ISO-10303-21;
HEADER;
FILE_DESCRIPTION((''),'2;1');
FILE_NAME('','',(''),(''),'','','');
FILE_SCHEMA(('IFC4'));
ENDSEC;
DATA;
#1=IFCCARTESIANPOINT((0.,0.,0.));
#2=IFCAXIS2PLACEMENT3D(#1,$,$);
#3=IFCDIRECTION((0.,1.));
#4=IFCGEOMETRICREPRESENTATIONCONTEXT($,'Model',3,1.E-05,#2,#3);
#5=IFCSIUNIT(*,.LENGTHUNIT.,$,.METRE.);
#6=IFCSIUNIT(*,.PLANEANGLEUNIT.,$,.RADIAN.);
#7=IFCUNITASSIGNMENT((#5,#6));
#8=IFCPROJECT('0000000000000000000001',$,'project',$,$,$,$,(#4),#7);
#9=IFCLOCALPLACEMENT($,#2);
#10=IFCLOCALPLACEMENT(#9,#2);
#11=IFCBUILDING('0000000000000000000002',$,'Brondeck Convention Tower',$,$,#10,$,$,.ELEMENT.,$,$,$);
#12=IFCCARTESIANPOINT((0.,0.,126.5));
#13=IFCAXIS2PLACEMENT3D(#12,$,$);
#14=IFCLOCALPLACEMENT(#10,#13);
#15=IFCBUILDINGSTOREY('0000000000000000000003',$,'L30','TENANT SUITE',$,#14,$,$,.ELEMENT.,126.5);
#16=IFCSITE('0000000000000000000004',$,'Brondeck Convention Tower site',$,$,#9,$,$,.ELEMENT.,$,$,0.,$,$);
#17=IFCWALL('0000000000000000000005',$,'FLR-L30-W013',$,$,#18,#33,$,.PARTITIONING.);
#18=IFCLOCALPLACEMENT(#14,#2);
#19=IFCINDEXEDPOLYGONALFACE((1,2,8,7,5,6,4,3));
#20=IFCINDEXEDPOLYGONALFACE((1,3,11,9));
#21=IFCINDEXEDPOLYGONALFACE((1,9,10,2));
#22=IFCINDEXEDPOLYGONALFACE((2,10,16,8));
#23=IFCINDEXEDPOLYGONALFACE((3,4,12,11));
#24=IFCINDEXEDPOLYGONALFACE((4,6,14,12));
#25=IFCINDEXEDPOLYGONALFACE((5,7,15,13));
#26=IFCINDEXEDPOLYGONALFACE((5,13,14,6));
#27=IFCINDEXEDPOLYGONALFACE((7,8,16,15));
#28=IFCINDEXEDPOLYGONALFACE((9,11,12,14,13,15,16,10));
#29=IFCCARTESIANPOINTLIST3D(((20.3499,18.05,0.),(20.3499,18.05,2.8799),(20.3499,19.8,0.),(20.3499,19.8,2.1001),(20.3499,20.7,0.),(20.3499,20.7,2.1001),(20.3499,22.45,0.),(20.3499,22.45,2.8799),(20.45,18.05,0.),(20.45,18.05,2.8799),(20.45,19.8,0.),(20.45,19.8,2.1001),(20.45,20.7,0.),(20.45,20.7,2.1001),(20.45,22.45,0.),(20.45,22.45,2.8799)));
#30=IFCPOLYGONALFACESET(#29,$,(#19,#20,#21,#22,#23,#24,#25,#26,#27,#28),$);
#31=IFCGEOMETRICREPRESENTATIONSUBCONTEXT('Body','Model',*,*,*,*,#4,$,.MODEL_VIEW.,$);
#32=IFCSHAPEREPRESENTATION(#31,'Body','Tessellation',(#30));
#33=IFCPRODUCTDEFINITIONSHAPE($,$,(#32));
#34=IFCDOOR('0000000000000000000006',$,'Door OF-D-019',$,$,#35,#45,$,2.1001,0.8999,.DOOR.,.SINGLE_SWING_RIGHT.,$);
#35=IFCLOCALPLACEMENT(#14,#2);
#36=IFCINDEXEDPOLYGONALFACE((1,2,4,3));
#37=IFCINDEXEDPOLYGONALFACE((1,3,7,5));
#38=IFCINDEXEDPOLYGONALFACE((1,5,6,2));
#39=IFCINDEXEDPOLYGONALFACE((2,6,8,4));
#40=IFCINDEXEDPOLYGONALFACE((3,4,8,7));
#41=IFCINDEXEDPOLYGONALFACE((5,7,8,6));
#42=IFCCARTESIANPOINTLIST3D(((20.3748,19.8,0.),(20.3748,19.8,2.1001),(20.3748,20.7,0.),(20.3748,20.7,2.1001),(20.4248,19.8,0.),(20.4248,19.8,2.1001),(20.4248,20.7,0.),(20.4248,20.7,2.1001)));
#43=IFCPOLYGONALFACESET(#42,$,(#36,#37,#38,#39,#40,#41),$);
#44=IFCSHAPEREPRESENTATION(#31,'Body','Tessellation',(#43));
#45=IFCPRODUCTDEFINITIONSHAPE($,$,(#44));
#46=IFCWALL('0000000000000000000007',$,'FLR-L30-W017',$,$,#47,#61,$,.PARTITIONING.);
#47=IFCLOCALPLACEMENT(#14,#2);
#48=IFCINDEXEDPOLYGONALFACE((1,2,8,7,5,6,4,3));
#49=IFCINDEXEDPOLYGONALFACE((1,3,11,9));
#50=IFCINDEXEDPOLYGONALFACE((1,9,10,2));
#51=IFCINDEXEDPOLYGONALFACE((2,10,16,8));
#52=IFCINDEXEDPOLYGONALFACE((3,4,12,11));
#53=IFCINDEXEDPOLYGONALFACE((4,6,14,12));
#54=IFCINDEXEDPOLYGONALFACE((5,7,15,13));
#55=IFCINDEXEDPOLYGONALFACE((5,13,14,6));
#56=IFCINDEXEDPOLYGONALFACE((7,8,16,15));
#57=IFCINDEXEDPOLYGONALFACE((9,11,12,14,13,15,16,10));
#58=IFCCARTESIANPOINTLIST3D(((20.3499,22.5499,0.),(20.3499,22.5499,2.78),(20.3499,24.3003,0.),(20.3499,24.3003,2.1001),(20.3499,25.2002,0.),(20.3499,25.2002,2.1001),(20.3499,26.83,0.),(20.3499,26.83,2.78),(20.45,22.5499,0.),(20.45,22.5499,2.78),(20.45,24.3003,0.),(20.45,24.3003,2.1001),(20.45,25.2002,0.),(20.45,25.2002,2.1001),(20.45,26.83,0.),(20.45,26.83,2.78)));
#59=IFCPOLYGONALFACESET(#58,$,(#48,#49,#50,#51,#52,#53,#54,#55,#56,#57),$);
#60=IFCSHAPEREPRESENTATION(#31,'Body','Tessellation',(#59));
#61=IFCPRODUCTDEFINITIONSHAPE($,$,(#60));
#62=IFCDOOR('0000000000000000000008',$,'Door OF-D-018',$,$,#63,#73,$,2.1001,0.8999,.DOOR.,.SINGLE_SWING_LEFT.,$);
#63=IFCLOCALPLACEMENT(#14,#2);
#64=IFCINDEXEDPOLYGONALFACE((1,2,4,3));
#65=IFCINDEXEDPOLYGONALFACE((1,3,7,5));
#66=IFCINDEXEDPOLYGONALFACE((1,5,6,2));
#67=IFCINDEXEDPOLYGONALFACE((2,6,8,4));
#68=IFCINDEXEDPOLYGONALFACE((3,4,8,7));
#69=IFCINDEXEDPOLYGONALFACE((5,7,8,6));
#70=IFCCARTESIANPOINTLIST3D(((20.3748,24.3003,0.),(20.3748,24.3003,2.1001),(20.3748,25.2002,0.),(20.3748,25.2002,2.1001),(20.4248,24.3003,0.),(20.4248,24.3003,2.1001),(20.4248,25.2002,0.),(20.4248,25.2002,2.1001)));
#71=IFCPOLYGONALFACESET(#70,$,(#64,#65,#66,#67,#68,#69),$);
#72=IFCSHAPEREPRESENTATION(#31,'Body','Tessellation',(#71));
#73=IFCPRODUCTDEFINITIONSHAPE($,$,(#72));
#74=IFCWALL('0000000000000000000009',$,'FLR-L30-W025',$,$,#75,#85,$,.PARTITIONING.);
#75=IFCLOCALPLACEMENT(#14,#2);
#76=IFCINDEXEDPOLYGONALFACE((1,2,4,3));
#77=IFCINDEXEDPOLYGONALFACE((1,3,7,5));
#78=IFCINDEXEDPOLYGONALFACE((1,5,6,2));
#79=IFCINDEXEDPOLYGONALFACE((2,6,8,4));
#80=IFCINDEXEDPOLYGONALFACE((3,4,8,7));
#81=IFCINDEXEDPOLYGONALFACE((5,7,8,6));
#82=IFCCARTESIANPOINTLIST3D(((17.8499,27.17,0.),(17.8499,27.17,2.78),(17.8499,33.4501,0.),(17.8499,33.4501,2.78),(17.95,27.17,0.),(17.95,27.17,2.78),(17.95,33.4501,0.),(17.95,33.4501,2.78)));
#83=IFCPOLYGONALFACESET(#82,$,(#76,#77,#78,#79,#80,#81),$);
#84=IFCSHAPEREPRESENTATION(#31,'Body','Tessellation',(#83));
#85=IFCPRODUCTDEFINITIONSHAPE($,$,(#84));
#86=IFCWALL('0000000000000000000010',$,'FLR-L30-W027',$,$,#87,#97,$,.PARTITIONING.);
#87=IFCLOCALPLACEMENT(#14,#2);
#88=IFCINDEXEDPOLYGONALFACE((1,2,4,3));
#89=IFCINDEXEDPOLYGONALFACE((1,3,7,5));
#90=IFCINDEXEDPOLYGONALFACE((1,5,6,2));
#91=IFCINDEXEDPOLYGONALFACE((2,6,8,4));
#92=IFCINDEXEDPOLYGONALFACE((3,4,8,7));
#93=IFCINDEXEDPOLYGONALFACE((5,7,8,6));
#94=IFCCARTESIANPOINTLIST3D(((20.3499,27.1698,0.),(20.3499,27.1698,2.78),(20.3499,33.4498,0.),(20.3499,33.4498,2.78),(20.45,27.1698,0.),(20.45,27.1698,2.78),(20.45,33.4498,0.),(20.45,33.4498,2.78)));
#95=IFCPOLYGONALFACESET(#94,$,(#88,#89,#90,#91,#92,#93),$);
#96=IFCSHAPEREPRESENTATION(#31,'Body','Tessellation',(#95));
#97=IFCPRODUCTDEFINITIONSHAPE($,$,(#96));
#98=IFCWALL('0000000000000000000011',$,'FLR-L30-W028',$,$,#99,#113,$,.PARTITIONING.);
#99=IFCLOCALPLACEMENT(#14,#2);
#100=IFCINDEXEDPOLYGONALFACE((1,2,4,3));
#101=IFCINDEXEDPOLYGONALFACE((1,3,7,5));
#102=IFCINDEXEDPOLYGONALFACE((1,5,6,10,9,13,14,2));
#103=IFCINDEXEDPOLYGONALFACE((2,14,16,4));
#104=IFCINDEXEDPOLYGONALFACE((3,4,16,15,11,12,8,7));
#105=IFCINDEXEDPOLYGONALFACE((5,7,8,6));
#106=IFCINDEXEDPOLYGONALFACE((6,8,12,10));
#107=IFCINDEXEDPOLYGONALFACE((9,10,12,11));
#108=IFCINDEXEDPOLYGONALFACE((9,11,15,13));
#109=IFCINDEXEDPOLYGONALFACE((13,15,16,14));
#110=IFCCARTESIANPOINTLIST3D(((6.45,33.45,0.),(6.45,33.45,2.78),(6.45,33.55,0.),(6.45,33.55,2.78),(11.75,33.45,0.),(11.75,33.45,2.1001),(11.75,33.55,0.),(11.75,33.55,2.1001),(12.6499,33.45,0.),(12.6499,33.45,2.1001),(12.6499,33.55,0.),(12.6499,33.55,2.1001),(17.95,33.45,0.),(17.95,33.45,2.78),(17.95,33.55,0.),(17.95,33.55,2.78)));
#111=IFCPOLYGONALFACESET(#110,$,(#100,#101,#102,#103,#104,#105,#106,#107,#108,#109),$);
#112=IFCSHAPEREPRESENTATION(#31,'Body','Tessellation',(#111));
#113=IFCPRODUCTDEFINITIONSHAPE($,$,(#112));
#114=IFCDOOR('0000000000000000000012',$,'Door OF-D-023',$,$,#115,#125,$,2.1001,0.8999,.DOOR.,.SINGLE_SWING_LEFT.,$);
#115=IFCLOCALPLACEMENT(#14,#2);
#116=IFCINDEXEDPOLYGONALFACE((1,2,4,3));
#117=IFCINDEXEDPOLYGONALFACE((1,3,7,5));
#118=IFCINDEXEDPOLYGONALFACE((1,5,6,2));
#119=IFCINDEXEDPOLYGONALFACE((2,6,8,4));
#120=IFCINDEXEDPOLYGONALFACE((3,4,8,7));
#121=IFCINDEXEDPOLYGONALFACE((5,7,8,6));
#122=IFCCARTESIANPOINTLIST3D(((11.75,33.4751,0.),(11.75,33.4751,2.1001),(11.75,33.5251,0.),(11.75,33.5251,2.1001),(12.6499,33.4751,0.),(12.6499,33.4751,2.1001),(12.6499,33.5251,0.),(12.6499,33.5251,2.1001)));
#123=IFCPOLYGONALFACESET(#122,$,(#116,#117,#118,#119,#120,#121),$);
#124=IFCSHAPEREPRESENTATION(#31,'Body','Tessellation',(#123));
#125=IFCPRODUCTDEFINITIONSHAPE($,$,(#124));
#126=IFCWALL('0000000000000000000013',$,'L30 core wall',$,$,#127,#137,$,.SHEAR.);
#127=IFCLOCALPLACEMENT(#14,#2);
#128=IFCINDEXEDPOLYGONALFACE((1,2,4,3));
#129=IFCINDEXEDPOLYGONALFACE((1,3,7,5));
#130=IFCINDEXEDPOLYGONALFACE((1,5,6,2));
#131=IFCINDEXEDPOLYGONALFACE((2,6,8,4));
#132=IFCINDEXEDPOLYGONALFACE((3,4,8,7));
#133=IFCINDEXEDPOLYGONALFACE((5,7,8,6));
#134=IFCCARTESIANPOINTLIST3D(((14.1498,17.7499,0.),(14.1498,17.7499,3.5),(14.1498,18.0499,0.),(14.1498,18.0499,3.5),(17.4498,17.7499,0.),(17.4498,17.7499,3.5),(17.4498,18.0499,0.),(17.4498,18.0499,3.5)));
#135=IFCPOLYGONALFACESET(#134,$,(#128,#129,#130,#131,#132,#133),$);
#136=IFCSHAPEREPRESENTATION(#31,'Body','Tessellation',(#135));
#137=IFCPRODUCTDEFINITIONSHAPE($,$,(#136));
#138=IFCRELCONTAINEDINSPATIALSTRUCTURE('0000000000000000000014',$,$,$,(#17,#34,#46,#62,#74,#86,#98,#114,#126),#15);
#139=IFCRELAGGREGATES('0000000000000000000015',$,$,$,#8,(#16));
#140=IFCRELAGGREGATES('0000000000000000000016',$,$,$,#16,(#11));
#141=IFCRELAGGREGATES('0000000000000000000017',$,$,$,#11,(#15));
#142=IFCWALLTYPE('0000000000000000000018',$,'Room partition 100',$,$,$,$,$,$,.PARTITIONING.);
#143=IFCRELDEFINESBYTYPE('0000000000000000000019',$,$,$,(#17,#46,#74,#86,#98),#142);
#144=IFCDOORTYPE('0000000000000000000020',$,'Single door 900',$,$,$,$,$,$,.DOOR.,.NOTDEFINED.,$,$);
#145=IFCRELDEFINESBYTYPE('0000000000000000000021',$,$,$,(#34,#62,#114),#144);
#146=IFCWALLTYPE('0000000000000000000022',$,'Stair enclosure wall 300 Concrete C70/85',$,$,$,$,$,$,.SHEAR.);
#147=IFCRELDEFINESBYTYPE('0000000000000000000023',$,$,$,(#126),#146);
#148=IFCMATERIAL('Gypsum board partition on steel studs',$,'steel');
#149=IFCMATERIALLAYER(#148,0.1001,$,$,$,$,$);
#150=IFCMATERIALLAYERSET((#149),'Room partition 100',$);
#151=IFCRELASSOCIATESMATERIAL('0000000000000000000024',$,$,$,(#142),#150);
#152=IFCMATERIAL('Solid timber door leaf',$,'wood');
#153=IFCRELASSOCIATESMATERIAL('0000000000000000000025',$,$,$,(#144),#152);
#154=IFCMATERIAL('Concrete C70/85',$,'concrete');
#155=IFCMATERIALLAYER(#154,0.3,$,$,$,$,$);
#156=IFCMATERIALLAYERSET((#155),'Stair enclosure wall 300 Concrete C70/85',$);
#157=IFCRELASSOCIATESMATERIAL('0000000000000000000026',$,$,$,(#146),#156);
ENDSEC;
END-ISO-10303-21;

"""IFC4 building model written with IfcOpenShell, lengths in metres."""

from ifc_helpers import new_model, si_unit, direction, frame, frame_2d, origin, place, context, subcontext, project, spatial, rectangle, extrude, material, layer, layer_set, type_object, element, fill, save


model = new_model("IFC4")

# Units and contexts
model_context = context("Model", 3, precision=1e-05, world=origin(), true_north=direction((0.0, 1.0)))
body_context = subcontext(model_context, "Body", "Model", "MODEL_VIEW")
ifc_project = project(units=[si_unit("LENGTHUNIT", "METRE"), si_unit("PLANEANGLEUNIT", "RADIAN")], contexts=[model_context])

# Site, building, storey
site_placement = place(None, origin())
site = spatial("IfcSite", under=ifc_project, at=site_placement, Name="Brondeck Convention Tower site", CompositionType="ELEMENT", RefElevation=0.0)
building_placement = place(site_placement, origin())
building = spatial("IfcBuilding", under=site, at=building_placement, Name="Brondeck Convention Tower", CompositionType="ELEMENT")
storey_placement = place(building_placement, frame((0.0, 0.0, 126.5)))
storey = spatial("IfcBuildingStorey", under=building, at=storey_placement, Name="L30", Description="TENANT SUITE", CompositionType="ELEMENT", Elevation=126.5)

# Shared definitions
ifc_material_1 = material(Name="Concrete C70/85", Category="concrete")

# Shared definitions
ifc_material_2 = material(Name="Gypsum board partition on steel studs", Category="steel")
ifc_layer_1 = layer(ifc_material_2, 0.1001)
ifc_layer_set_1 = layer_set([ifc_layer_1], Name="Room partition 100")
wall_type_1 = type_object("IfcWallType", Name="Room partition 100", PredefinedType="PARTITIONING", material=ifc_layer_set_1)
ifc_material_3 = material(Name="Solid timber door leaf", Category="wood")
door_type_1 = type_object("IfcDoorType", Name="Single door 900", OperationType="NOTDEFINED", PredefinedType="DOOR", material=ifc_material_3)

# Walls, openings, doors
wall_1_placement = place(storey_placement, frame((20.3999, 22.45, 0.0), z_axis=(0.0, 0.0, 1.0), x_axis=(0.0, -1.0, 0.0)))
wall_1 = element("IfcWall", 1, at=wall_1_placement, inside=storey, type_object=wall_type_1, Name="FLR-L30-W013", PredefinedType="PARTITIONING", context=body_context, shape_type="SweptSolid", body=[
    extrude(rectangle(XDim=4.3999, YDim=0.1001, at=frame_2d((2.2, 0.0))), origin(), (0.0, 0.0, 1.0), 2.8799),
])
opening_1_placement = place(wall_1_placement, frame((1.75, 0.0, 0.0)))
opening_1 = element("IfcOpeningElement", 2, at=opening_1_placement, cuts=wall_1, PredefinedType="OPENING", context=body_context, shape_type="SweptSolid", body=[
    extrude(rectangle(XDim=0.8999, YDim=2.1001, at=frame_2d((0.45, 1.05))), frame((0.0, 0.0601, 0.0), z_axis=(0.0, -1.0, 0.0), x_axis=(1.0, 0.0, 0.0)), (0.0, 0.0, 1.0), 0.1201),
])
door_1_placement = place(opening_1_placement, origin())
door_1 = element("IfcDoor", 3, at=door_1_placement, inside=storey, type_object=door_type_1, Name="Door OF-D-019", OperationType="SINGLE_SWING_RIGHT", OverallHeight=2.1001, OverallWidth=0.8999, PredefinedType="DOOR", context=body_context, shape_type="SweptSolid", body=[
    extrude(rectangle(XDim=0.8999, YDim=2.1001, at=frame_2d((0.45, 1.05))), frame((0.0, 0.0249, 0.0), z_axis=(0.0, -1.0, 0.0), x_axis=(1.0, 0.0, 0.0)), (0.0, 0.0, 1.0), 0.05),
])
fill(opening_1, door_1)
wall_2_placement = place(storey_placement, frame((20.3999, 26.8301, 0.0), z_axis=(0.0, 0.0, 1.0), x_axis=(0.0, -1.0, 0.0)))
wall_2 = element("IfcWall", 4, at=wall_2_placement, inside=storey, type_object=wall_type_1, Name="FLR-L30-W017", PredefinedType="PARTITIONING", context=body_context, shape_type="SweptSolid", body=[
    extrude(rectangle(XDim=4.28, YDim=0.1001, at=frame_2d((2.1401, 0.0))), origin(), (0.0, 0.0, 1.0), 2.78),
])
opening_2_placement = place(wall_2_placement, frame((1.6299, 0.0, 0.0)))
opening_2 = element("IfcOpeningElement", 5, at=opening_2_placement, cuts=wall_2, PredefinedType="OPENING", context=body_context, shape_type="SweptSolid", body=[
    extrude(rectangle(XDim=0.8999, YDim=2.1001, at=frame_2d((0.45, 1.05))), frame((0.0, 0.0601, 0.0), z_axis=(0.0, -1.0, 0.0), x_axis=(1.0, 0.0, 0.0)), (0.0, 0.0, 1.0), 0.1201),
])
door_2_placement = place(opening_2_placement, origin())
door_2 = element("IfcDoor", 6, at=door_2_placement, inside=storey, type_object=door_type_1, Name="Door OF-D-018", OperationType="SINGLE_SWING_LEFT", OverallHeight=2.1001, OverallWidth=0.8999, PredefinedType="DOOR", context=body_context, shape_type="SweptSolid", body=[
    extrude(rectangle(XDim=0.8999, YDim=2.1001, at=frame_2d((0.45, 1.05))), frame((0.0, 0.0249, 0.0), z_axis=(0.0, -1.0, 0.0), x_axis=(1.0, 0.0, 0.0)), (0.0, 0.0, 1.0), 0.05),
])
fill(opening_2, door_2)

# Walls
for number, where, z_axis, x_axis, name in (
    (7, (17.8999, 27.1699, 0.0), (0.0, 0.0, 1.0), (0.0, 1.0, 0.0), "FLR-L30-W025"),
    (8, (20.3999, 33.45, 0.0), (0.0, 0.0, 1.0), (0.0, -1.0, 0.0), "FLR-L30-W027"),
):
    element("IfcWall", number, at=place(storey_placement, frame(where, z_axis=z_axis, x_axis=x_axis)), inside=storey, type_object=wall_type_1, Name=name, PredefinedType="PARTITIONING", context=body_context, shape_type="SweptSolid", body=[
        extrude(rectangle(XDim=6.28, YDim=0.1001, at=frame_2d((3.1401, 0.0))), origin(), (0.0, 0.0, 1.0), 2.78),
    ])

# Wall, opening, door
wall_3_placement = place(storey_placement, frame((17.95, 33.5, 0.0), z_axis=(0.0, 0.0, 1.0), x_axis=(-1.0, 0.0, 0.0)))
wall_3 = element("IfcWall", 9, at=wall_3_placement, inside=storey, type_object=wall_type_1, Name="FLR-L30-W028", PredefinedType="PARTITIONING", context=body_context, shape_type="SweptSolid", body=[
    extrude(rectangle(XDim=11.5, YDim=0.1001, at=frame_2d((5.75, 0.0))), origin(), (0.0, 0.0, 1.0), 2.78),
])
opening_3_placement = place(wall_3_placement, frame((5.3, 0.0, 0.0)))
opening_3 = element("IfcOpeningElement", 10, at=opening_3_placement, cuts=wall_3, PredefinedType="OPENING", context=body_context, shape_type="SweptSolid", body=[
    extrude(rectangle(XDim=0.8999, YDim=2.1001, at=frame_2d((0.45, 1.05))), frame((0.0, 0.0601, 0.0), z_axis=(0.0, -1.0, 0.0), x_axis=(1.0, 0.0, 0.0)), (0.0, 0.0, 1.0), 0.1201),
])
door_3_placement = place(opening_3_placement, origin())
door_3 = element("IfcDoor", 11, at=door_3_placement, inside=storey, type_object=door_type_1, Name="Door OF-D-023", OperationType="SINGLE_SWING_LEFT", OverallHeight=2.1001, OverallWidth=0.8999, PredefinedType="DOOR", context=body_context, shape_type="SweptSolid", body=[
    extrude(rectangle(XDim=0.8999, YDim=2.1001, at=frame_2d((0.45, 1.05))), frame((0.0, 0.0249, 0.0), z_axis=(0.0, -1.0, 0.0), x_axis=(1.0, 0.0, 0.0)), (0.0, 0.0, 1.0), 0.05),
])
fill(opening_3, door_3)

# Wall
ifc_layer_2 = layer(ifc_material_1, 0.3)
ifc_layer_set_2 = layer_set([ifc_layer_2], Name="Stair enclosure wall 300 Concrete C70/85")
wall_type_2 = type_object("IfcWallType", Name="Stair enclosure wall 300 Concrete C70/85", PredefinedType="SHEAR", material=ifc_layer_set_2)
wall_4_placement = place(storey_placement, frame((14.1499, 17.8999, 0.0), z_axis=(0.0, 0.0, 1.0), x_axis=(1.0, 0.0, 0.0)))
element("IfcWall", 12, at=wall_4_placement, inside=storey, type_object=wall_type_2, Name="L30 core wall", PredefinedType="SHEAR", context=body_context, shape_type="SweptSolid", body=[
    extrude(rectangle(XDim=3.3, YDim=0.3, at=frame_2d((1.6499, 0.0))), origin(), (0.0, 0.0, 1.0), 3.5),
])

save(model, "model.ifc")
